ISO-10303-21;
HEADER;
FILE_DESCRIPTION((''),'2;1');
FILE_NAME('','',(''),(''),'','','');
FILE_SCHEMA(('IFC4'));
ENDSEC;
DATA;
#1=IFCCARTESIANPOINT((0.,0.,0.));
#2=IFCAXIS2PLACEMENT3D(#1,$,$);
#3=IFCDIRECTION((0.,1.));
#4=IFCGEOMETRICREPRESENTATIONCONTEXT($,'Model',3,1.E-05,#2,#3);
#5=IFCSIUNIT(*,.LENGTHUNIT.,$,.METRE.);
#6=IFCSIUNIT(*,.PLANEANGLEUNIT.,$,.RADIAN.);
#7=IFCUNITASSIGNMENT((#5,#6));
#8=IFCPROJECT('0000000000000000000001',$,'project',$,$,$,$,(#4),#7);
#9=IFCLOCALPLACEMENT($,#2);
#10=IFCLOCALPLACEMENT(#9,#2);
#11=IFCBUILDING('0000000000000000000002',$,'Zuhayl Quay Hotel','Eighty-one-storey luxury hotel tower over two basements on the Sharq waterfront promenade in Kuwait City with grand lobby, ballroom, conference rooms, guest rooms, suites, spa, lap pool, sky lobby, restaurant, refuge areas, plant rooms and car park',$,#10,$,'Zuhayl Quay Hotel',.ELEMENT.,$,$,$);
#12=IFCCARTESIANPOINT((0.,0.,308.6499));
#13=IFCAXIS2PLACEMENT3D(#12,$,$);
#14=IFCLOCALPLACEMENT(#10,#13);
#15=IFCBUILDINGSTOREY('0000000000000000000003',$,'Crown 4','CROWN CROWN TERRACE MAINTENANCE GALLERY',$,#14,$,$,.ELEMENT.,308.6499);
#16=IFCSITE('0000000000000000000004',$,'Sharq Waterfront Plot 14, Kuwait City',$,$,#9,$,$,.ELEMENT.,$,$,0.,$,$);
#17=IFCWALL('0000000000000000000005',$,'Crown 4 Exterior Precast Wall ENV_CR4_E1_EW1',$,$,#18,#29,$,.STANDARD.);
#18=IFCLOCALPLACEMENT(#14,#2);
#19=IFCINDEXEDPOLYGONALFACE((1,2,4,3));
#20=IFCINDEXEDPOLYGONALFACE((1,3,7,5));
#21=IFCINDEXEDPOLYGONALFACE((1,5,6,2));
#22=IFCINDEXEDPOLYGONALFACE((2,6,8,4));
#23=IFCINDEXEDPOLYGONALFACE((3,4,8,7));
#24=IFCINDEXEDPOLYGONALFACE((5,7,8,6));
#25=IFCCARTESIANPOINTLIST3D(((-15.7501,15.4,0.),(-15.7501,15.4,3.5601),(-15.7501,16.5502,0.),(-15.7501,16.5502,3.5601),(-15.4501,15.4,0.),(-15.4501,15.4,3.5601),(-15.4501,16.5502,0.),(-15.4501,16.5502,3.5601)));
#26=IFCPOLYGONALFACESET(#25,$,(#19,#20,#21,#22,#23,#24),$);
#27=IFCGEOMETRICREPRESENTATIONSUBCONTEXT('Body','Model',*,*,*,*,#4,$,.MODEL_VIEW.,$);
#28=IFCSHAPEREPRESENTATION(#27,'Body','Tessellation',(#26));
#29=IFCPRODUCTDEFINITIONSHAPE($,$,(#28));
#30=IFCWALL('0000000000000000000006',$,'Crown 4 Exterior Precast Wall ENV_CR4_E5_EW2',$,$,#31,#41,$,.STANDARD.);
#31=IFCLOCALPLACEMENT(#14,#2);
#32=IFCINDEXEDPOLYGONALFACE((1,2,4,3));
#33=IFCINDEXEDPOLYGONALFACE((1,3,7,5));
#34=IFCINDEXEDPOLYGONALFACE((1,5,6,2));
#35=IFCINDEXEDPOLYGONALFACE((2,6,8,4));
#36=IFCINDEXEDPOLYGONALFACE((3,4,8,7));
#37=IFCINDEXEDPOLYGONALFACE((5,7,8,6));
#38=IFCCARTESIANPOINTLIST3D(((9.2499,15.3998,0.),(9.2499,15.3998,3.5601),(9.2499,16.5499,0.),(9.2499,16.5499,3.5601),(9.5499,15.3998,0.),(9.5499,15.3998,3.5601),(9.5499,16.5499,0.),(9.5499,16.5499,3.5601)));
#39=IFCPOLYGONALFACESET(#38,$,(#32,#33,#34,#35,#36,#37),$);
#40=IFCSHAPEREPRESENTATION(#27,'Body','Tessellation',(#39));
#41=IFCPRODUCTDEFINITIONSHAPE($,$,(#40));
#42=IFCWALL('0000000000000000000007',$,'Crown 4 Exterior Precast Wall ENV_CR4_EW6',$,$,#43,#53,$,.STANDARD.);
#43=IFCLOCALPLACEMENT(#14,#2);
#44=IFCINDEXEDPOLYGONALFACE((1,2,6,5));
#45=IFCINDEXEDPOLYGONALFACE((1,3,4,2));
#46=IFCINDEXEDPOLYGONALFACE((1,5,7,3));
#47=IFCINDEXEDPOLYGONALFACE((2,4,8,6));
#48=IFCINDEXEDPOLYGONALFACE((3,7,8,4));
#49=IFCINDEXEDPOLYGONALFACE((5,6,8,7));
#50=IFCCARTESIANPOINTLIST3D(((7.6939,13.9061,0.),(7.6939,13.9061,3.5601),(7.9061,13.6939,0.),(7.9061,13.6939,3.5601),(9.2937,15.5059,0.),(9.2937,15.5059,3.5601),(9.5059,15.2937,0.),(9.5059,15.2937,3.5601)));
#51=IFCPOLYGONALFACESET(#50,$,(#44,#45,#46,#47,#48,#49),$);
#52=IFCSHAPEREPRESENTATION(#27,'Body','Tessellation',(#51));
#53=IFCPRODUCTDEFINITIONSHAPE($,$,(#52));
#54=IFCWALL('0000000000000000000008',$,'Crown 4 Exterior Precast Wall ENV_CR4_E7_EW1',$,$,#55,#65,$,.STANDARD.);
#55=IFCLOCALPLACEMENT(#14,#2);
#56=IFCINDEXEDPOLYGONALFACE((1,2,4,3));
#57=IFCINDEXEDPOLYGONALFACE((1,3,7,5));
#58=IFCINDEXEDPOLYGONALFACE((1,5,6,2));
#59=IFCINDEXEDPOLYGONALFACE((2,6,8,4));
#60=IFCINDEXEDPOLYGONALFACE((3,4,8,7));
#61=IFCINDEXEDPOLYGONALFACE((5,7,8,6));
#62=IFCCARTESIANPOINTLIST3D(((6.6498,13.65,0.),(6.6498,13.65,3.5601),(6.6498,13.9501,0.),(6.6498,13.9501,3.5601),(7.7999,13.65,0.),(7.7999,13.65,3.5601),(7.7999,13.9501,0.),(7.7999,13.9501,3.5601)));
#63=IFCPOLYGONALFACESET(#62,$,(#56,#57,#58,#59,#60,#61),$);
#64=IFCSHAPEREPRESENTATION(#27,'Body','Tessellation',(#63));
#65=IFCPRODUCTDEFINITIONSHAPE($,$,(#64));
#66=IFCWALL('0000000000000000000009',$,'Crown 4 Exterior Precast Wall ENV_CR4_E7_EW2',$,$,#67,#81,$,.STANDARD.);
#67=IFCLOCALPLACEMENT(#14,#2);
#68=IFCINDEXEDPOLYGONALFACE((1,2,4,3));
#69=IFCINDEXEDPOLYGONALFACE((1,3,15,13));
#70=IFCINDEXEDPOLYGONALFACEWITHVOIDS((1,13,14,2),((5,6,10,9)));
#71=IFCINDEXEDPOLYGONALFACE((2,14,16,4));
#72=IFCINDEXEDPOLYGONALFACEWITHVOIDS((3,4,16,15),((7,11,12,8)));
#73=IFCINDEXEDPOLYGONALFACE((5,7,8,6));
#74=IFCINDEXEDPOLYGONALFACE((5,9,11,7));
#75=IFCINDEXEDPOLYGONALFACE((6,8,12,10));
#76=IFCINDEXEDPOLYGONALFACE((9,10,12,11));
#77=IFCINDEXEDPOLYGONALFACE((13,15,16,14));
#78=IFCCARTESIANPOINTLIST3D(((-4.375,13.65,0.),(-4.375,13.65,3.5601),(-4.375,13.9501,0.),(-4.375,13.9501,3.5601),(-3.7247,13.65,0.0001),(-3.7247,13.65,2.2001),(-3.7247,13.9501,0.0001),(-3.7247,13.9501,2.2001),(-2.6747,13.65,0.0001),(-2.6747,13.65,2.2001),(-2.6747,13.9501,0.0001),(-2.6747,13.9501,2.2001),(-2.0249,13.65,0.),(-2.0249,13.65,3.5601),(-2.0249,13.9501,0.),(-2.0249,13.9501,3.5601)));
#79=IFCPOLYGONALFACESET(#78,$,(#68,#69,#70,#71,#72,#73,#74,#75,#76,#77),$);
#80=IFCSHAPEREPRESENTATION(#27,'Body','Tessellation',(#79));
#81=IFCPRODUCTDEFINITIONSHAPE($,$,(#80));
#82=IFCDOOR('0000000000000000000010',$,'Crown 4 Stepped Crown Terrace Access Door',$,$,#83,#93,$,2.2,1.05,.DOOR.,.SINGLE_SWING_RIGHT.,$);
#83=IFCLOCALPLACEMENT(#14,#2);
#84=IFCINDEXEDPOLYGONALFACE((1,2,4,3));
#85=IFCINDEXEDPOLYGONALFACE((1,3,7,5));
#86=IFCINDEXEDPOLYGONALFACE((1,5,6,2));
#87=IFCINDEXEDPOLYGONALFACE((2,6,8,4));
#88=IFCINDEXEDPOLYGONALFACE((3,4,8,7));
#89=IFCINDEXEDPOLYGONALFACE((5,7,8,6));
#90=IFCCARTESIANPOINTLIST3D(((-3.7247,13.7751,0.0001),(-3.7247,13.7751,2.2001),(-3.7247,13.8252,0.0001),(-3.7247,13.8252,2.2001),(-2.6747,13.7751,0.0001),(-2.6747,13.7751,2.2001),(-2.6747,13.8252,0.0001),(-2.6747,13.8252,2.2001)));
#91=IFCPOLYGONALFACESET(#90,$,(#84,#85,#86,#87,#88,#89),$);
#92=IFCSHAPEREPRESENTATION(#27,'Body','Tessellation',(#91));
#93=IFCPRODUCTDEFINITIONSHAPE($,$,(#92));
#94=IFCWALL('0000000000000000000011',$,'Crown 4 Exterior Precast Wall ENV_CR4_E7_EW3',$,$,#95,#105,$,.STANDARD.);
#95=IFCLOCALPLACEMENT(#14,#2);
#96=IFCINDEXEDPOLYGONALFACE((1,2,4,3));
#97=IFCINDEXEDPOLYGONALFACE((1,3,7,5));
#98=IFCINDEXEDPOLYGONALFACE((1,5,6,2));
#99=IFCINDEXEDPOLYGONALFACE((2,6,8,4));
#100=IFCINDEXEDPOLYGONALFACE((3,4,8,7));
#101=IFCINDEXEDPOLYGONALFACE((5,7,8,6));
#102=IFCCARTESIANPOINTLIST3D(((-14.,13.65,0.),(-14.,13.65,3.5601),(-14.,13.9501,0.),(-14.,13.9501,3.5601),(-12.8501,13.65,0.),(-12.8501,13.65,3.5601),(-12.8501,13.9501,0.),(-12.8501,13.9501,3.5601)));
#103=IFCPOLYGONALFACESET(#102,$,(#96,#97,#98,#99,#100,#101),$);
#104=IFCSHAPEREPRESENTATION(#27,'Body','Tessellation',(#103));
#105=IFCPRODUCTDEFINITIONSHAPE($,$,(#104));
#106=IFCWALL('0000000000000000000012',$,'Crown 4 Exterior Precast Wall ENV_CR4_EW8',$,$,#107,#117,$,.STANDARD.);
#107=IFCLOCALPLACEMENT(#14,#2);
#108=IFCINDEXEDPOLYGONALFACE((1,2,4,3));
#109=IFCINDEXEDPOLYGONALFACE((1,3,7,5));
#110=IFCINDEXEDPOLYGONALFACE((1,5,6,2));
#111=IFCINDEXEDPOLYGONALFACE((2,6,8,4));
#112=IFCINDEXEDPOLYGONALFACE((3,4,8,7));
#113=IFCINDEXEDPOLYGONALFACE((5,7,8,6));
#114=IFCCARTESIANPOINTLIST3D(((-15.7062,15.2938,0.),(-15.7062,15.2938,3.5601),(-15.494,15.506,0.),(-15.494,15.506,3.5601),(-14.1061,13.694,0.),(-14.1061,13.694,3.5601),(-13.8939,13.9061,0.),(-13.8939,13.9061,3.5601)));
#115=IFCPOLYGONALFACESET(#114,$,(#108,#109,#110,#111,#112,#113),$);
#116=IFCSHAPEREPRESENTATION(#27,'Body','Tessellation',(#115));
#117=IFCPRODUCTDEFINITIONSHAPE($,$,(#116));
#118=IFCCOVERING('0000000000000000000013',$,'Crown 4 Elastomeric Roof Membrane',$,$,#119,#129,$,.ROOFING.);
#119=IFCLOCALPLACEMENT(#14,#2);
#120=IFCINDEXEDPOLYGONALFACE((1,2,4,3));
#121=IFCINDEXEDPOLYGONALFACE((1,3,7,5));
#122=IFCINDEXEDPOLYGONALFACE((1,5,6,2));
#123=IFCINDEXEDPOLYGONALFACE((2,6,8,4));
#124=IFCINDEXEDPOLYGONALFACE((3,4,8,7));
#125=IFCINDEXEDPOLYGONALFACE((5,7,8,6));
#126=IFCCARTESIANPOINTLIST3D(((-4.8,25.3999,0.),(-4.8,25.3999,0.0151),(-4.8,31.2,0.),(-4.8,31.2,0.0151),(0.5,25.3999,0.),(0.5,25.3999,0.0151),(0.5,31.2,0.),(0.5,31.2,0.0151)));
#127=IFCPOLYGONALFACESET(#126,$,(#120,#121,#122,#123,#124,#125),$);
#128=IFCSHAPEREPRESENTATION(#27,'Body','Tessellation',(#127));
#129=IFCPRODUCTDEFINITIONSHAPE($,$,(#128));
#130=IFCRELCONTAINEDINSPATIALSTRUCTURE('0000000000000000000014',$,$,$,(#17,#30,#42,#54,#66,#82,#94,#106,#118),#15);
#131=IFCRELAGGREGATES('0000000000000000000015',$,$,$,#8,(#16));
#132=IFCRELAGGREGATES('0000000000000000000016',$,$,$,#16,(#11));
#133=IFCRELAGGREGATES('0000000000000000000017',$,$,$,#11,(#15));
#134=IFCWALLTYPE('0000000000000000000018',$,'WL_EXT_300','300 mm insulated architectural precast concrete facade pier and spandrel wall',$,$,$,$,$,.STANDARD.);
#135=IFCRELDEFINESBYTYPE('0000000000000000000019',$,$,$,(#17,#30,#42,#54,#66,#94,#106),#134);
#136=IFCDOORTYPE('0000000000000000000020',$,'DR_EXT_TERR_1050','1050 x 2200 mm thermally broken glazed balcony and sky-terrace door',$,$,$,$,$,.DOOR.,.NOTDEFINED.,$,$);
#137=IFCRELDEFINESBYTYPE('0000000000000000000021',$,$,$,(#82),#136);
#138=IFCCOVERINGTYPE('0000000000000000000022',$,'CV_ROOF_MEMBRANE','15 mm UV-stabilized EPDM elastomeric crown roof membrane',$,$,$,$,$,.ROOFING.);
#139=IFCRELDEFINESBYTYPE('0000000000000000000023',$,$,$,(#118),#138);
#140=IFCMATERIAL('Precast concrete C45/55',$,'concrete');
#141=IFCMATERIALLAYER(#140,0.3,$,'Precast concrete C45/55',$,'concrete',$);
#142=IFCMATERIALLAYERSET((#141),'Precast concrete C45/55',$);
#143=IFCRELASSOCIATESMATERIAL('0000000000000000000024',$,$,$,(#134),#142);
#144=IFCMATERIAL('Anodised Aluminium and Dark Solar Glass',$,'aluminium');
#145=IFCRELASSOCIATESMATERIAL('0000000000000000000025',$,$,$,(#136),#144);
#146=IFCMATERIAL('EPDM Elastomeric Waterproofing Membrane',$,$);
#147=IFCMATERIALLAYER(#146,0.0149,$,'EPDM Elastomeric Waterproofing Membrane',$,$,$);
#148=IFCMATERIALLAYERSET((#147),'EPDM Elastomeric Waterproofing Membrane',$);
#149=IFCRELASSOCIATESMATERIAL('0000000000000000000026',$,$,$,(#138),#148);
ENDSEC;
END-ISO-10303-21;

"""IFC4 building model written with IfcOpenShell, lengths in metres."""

from ifc_helpers import new_model, si_unit, direction, frame, frame_2d, origin, place, context, subcontext, project, spatial, polyline, rectangle, outline, extrude, material, layer, layer_set, type_object, element, fill, save


model = new_model("IFC4")

# Units and contexts
model_context = context("Model", 3, precision=1e-05, world=origin(), true_north=direction((0.0, 1.0)))
body_context = subcontext(model_context, "Body", "Model", "MODEL_VIEW")
ifc_project = project(units=[si_unit("LENGTHUNIT", "METRE"), si_unit("PLANEANGLEUNIT", "RADIAN")], contexts=[model_context])

# Site, building, storey
site_placement = place(None, origin())
site = spatial("IfcSite", under=ifc_project, at=site_placement, Name="Sharq Waterfront Plot 14, Kuwait City", CompositionType="ELEMENT", RefElevation=0.0)
building_placement = place(site_placement, origin())
building = spatial("IfcBuilding", under=site, at=building_placement, Name="Zuhayl Quay Hotel", Description="Eighty-one-storey luxury hotel tower over two basements on the Sharq waterfront promenade in Kuwait City with grand lobby, ballroom, conference rooms, guest rooms, suites, spa, lap pool, sky lobby, restaurant, refuge areas, plant rooms and car park", LongName="Zuhayl Quay Hotel", CompositionType="ELEMENT")
storey_placement = place(building_placement, frame((0.0, 0.0, 308.6499)))
storey = spatial("IfcBuildingStorey", under=building, at=storey_placement, Name="Crown 4", Description="CROWN CROWN TERRACE MAINTENANCE GALLERY", CompositionType="ELEMENT", Elevation=308.6499)

# Walls
ifc_material_1 = material(Name="Precast concrete C45/55", Category="concrete")
ifc_layer_1 = layer(ifc_material_1, 0.3, Name="Precast concrete C45/55", Category="concrete")
ifc_layer_set_1 = layer_set([ifc_layer_1], Name="Precast concrete C45/55")
wall_type = type_object("IfcWallType", Name="WL_EXT_300", Description="300 mm insulated architectural precast concrete facade pier and spandrel wall", PredefinedType="STANDARD", material=ifc_layer_set_1)
for number, where, z_axis, x_axis, name in (
    (1, (-15.6001, 15.3999, 0.0), (0.0, 0.0, 1.0), (0.0, 1.0, 0.0), "Crown 4 Exterior Precast Wall ENV_CR4_E1_EW1"),
    (2, (9.3999, 16.55, 0.0), (0.0, 0.0, 1.0), (0.0, -1.0, 0.0), "Crown 4 Exterior Precast Wall ENV_CR4_E5_EW2"),
):
    element("IfcWall", number, at=place(storey_placement, frame(where, z_axis=z_axis, x_axis=x_axis)), inside=storey, type_object=wall_type, Name=name, PredefinedType="STANDARD", context=body_context, shape_type="SweptSolid", body=[
        extrude(rectangle(XDim=1.1501, YDim=0.3, at=frame_2d((0.5752, 0.0))), origin(), (0.0, 0.0, 1.0), 3.5601),
    ])
wall_1_placement = place(storey_placement, frame((9.3999, 15.3999, 0.0), z_axis=(0.0, 0.0, 1.0), x_axis=(-0.707107, -0.707107, 0.0)))
element("IfcWall", 3, at=wall_1_placement, inside=storey, type_object=wall_type, Name="Crown 4 Exterior Precast Wall ENV_CR4_EW6", PredefinedType="STANDARD", context=body_context, shape_type="SweptSolid", body=[
    extrude(rectangle(XDim=2.2625, YDim=0.3, at=frame_2d((1.1313, 0.0))), origin(), (0.0, 0.0, 1.0), 3.5601),
])
wall_2_placement = place(storey_placement, frame((7.8, 13.8, 0.0), z_axis=(0.0, 0.0, 1.0), x_axis=(-1.0, 0.0, 0.0)))
element("IfcWall", 4, at=wall_2_placement, inside=storey, type_object=wall_type, Name="Crown 4 Exterior Precast Wall ENV_CR4_E7_EW1", PredefinedType="STANDARD", context=body_context, shape_type="SweptSolid", body=[
    extrude(rectangle(XDim=1.1501, YDim=0.3, at=frame_2d((0.5752, 0.0))), origin(), (0.0, 0.0, 1.0), 3.5601),
])

# Wall, opening, door
wall_3_placement = place(storey_placement, frame((-2.0249, 13.8, 0.0), z_axis=(0.0, 0.0, 1.0), x_axis=(-1.0, 0.0, 0.0)))
wall_3 = element("IfcWall", 5, at=wall_3_placement, inside=storey, type_object=wall_type, Name="Crown 4 Exterior Precast Wall ENV_CR4_E7_EW2", PredefinedType="STANDARD", context=body_context, shape_type="SweptSolid", body=[
    extrude(rectangle(XDim=2.3501, YDim=0.3, at=frame_2d((1.175, 0.0))), origin(), (0.0, 0.0, 1.0), 3.5601),
])
opening_placement = place(wall_3_placement, frame((0.6499, 0.0, 0.0)))
opening = element("IfcOpeningElement", 6, at=opening_placement, cuts=wall_3, PredefinedType="OPENING", context=body_context, shape_type="SweptSolid", body=[
    extrude(rectangle(XDim=1.05, YDim=2.2, at=frame_2d((0.5249, 1.1001))), frame((0.0, 0.1599, 0.0), z_axis=(0.0, -1.0, 0.0), x_axis=(1.0, 0.0, 0.0)), (0.0, 0.0, 1.0), 0.3201),
])
ifc_material_2 = material(Name="Anodised Aluminium and Dark Solar Glass", Category="aluminium")
door_type = type_object("IfcDoorType", Name="DR_EXT_TERR_1050", Description="1050 x 2200 mm thermally broken glazed balcony and sky-terrace door", OperationType="NOTDEFINED", PredefinedType="DOOR", material=ifc_material_2)
door_placement = place(opening_placement, origin())
door = element("IfcDoor", 7, at=door_placement, inside=storey, type_object=door_type, Name="Crown 4 Stepped Crown Terrace Access Door", OperationType="SINGLE_SWING_RIGHT", OverallHeight=2.2, OverallWidth=1.05, PredefinedType="DOOR", context=body_context, shape_type="SweptSolid", body=[
    extrude(rectangle(XDim=1.05, YDim=2.2, at=frame_2d((0.5249, 1.1001))), frame((0.0, 0.0249, 0.0), z_axis=(0.0, -1.0, 0.0), x_axis=(1.0, 0.0, 0.0)), (0.0, 0.0, 1.0), 0.05),
])
fill(opening, door)

# Walls
wall_4_placement = place(storey_placement, frame((-12.8501, 13.8, 0.0), z_axis=(0.0, 0.0, 1.0), x_axis=(-1.0, 0.0, 0.0)))
element("IfcWall", 8, at=wall_4_placement, inside=storey, type_object=wall_type, Name="Crown 4 Exterior Precast Wall ENV_CR4_E7_EW3", PredefinedType="STANDARD", context=body_context, shape_type="SweptSolid", body=[
    extrude(rectangle(XDim=1.1499, YDim=0.3, at=frame_2d((0.575, 0.0))), origin(), (0.0, 0.0, 1.0), 3.5601),
])
wall_5_placement = place(storey_placement, frame((-14.0, 13.8, 0.0), z_axis=(0.0, 0.0, 1.0), x_axis=(-0.707161, 0.707053, 0.0)))
element("IfcWall", 9, at=wall_5_placement, inside=storey, type_object=wall_type, Name="Crown 4 Exterior Precast Wall ENV_CR4_EW8", PredefinedType="STANDARD", context=body_context, shape_type="SweptSolid", body=[
    extrude(rectangle(XDim=2.2627, YDim=0.3, at=frame_2d((1.1313, 0.0))), origin(), (0.0, 0.0, 1.0), 3.5601),
])

# Covering
ifc_material_3 = material(Name="EPDM Elastomeric Waterproofing Membrane")
ifc_layer_2 = layer(ifc_material_3, 0.0149, Name="EPDM Elastomeric Waterproofing Membrane")
ifc_layer_set_2 = layer_set([ifc_layer_2], Name="EPDM Elastomeric Waterproofing Membrane")
covering_type = type_object("IfcCoveringType", Name="CV_ROOF_MEMBRANE", Description="15 mm UV-stabilized EPDM elastomeric crown roof membrane", PredefinedType="ROOFING", material=ifc_layer_set_2)
covering_placement = place(storey_placement, origin())
element("IfcCovering", 10, at=covering_placement, inside=storey, type_object=covering_type, Name="Crown 4 Elastomeric Roof Membrane", PredefinedType="ROOFING", context=body_context, shape_type="SweptSolid", body=[
    extrude(outline(polyline([(-4.8, 25.3999), (0.5, 25.3999), (0.5, 31.2), (-4.8, 31.2), (-4.8, 25.3999)])), origin(), (0.0, 0.0, 1.0), 0.0151),
])

save(model, "model.ifc")
